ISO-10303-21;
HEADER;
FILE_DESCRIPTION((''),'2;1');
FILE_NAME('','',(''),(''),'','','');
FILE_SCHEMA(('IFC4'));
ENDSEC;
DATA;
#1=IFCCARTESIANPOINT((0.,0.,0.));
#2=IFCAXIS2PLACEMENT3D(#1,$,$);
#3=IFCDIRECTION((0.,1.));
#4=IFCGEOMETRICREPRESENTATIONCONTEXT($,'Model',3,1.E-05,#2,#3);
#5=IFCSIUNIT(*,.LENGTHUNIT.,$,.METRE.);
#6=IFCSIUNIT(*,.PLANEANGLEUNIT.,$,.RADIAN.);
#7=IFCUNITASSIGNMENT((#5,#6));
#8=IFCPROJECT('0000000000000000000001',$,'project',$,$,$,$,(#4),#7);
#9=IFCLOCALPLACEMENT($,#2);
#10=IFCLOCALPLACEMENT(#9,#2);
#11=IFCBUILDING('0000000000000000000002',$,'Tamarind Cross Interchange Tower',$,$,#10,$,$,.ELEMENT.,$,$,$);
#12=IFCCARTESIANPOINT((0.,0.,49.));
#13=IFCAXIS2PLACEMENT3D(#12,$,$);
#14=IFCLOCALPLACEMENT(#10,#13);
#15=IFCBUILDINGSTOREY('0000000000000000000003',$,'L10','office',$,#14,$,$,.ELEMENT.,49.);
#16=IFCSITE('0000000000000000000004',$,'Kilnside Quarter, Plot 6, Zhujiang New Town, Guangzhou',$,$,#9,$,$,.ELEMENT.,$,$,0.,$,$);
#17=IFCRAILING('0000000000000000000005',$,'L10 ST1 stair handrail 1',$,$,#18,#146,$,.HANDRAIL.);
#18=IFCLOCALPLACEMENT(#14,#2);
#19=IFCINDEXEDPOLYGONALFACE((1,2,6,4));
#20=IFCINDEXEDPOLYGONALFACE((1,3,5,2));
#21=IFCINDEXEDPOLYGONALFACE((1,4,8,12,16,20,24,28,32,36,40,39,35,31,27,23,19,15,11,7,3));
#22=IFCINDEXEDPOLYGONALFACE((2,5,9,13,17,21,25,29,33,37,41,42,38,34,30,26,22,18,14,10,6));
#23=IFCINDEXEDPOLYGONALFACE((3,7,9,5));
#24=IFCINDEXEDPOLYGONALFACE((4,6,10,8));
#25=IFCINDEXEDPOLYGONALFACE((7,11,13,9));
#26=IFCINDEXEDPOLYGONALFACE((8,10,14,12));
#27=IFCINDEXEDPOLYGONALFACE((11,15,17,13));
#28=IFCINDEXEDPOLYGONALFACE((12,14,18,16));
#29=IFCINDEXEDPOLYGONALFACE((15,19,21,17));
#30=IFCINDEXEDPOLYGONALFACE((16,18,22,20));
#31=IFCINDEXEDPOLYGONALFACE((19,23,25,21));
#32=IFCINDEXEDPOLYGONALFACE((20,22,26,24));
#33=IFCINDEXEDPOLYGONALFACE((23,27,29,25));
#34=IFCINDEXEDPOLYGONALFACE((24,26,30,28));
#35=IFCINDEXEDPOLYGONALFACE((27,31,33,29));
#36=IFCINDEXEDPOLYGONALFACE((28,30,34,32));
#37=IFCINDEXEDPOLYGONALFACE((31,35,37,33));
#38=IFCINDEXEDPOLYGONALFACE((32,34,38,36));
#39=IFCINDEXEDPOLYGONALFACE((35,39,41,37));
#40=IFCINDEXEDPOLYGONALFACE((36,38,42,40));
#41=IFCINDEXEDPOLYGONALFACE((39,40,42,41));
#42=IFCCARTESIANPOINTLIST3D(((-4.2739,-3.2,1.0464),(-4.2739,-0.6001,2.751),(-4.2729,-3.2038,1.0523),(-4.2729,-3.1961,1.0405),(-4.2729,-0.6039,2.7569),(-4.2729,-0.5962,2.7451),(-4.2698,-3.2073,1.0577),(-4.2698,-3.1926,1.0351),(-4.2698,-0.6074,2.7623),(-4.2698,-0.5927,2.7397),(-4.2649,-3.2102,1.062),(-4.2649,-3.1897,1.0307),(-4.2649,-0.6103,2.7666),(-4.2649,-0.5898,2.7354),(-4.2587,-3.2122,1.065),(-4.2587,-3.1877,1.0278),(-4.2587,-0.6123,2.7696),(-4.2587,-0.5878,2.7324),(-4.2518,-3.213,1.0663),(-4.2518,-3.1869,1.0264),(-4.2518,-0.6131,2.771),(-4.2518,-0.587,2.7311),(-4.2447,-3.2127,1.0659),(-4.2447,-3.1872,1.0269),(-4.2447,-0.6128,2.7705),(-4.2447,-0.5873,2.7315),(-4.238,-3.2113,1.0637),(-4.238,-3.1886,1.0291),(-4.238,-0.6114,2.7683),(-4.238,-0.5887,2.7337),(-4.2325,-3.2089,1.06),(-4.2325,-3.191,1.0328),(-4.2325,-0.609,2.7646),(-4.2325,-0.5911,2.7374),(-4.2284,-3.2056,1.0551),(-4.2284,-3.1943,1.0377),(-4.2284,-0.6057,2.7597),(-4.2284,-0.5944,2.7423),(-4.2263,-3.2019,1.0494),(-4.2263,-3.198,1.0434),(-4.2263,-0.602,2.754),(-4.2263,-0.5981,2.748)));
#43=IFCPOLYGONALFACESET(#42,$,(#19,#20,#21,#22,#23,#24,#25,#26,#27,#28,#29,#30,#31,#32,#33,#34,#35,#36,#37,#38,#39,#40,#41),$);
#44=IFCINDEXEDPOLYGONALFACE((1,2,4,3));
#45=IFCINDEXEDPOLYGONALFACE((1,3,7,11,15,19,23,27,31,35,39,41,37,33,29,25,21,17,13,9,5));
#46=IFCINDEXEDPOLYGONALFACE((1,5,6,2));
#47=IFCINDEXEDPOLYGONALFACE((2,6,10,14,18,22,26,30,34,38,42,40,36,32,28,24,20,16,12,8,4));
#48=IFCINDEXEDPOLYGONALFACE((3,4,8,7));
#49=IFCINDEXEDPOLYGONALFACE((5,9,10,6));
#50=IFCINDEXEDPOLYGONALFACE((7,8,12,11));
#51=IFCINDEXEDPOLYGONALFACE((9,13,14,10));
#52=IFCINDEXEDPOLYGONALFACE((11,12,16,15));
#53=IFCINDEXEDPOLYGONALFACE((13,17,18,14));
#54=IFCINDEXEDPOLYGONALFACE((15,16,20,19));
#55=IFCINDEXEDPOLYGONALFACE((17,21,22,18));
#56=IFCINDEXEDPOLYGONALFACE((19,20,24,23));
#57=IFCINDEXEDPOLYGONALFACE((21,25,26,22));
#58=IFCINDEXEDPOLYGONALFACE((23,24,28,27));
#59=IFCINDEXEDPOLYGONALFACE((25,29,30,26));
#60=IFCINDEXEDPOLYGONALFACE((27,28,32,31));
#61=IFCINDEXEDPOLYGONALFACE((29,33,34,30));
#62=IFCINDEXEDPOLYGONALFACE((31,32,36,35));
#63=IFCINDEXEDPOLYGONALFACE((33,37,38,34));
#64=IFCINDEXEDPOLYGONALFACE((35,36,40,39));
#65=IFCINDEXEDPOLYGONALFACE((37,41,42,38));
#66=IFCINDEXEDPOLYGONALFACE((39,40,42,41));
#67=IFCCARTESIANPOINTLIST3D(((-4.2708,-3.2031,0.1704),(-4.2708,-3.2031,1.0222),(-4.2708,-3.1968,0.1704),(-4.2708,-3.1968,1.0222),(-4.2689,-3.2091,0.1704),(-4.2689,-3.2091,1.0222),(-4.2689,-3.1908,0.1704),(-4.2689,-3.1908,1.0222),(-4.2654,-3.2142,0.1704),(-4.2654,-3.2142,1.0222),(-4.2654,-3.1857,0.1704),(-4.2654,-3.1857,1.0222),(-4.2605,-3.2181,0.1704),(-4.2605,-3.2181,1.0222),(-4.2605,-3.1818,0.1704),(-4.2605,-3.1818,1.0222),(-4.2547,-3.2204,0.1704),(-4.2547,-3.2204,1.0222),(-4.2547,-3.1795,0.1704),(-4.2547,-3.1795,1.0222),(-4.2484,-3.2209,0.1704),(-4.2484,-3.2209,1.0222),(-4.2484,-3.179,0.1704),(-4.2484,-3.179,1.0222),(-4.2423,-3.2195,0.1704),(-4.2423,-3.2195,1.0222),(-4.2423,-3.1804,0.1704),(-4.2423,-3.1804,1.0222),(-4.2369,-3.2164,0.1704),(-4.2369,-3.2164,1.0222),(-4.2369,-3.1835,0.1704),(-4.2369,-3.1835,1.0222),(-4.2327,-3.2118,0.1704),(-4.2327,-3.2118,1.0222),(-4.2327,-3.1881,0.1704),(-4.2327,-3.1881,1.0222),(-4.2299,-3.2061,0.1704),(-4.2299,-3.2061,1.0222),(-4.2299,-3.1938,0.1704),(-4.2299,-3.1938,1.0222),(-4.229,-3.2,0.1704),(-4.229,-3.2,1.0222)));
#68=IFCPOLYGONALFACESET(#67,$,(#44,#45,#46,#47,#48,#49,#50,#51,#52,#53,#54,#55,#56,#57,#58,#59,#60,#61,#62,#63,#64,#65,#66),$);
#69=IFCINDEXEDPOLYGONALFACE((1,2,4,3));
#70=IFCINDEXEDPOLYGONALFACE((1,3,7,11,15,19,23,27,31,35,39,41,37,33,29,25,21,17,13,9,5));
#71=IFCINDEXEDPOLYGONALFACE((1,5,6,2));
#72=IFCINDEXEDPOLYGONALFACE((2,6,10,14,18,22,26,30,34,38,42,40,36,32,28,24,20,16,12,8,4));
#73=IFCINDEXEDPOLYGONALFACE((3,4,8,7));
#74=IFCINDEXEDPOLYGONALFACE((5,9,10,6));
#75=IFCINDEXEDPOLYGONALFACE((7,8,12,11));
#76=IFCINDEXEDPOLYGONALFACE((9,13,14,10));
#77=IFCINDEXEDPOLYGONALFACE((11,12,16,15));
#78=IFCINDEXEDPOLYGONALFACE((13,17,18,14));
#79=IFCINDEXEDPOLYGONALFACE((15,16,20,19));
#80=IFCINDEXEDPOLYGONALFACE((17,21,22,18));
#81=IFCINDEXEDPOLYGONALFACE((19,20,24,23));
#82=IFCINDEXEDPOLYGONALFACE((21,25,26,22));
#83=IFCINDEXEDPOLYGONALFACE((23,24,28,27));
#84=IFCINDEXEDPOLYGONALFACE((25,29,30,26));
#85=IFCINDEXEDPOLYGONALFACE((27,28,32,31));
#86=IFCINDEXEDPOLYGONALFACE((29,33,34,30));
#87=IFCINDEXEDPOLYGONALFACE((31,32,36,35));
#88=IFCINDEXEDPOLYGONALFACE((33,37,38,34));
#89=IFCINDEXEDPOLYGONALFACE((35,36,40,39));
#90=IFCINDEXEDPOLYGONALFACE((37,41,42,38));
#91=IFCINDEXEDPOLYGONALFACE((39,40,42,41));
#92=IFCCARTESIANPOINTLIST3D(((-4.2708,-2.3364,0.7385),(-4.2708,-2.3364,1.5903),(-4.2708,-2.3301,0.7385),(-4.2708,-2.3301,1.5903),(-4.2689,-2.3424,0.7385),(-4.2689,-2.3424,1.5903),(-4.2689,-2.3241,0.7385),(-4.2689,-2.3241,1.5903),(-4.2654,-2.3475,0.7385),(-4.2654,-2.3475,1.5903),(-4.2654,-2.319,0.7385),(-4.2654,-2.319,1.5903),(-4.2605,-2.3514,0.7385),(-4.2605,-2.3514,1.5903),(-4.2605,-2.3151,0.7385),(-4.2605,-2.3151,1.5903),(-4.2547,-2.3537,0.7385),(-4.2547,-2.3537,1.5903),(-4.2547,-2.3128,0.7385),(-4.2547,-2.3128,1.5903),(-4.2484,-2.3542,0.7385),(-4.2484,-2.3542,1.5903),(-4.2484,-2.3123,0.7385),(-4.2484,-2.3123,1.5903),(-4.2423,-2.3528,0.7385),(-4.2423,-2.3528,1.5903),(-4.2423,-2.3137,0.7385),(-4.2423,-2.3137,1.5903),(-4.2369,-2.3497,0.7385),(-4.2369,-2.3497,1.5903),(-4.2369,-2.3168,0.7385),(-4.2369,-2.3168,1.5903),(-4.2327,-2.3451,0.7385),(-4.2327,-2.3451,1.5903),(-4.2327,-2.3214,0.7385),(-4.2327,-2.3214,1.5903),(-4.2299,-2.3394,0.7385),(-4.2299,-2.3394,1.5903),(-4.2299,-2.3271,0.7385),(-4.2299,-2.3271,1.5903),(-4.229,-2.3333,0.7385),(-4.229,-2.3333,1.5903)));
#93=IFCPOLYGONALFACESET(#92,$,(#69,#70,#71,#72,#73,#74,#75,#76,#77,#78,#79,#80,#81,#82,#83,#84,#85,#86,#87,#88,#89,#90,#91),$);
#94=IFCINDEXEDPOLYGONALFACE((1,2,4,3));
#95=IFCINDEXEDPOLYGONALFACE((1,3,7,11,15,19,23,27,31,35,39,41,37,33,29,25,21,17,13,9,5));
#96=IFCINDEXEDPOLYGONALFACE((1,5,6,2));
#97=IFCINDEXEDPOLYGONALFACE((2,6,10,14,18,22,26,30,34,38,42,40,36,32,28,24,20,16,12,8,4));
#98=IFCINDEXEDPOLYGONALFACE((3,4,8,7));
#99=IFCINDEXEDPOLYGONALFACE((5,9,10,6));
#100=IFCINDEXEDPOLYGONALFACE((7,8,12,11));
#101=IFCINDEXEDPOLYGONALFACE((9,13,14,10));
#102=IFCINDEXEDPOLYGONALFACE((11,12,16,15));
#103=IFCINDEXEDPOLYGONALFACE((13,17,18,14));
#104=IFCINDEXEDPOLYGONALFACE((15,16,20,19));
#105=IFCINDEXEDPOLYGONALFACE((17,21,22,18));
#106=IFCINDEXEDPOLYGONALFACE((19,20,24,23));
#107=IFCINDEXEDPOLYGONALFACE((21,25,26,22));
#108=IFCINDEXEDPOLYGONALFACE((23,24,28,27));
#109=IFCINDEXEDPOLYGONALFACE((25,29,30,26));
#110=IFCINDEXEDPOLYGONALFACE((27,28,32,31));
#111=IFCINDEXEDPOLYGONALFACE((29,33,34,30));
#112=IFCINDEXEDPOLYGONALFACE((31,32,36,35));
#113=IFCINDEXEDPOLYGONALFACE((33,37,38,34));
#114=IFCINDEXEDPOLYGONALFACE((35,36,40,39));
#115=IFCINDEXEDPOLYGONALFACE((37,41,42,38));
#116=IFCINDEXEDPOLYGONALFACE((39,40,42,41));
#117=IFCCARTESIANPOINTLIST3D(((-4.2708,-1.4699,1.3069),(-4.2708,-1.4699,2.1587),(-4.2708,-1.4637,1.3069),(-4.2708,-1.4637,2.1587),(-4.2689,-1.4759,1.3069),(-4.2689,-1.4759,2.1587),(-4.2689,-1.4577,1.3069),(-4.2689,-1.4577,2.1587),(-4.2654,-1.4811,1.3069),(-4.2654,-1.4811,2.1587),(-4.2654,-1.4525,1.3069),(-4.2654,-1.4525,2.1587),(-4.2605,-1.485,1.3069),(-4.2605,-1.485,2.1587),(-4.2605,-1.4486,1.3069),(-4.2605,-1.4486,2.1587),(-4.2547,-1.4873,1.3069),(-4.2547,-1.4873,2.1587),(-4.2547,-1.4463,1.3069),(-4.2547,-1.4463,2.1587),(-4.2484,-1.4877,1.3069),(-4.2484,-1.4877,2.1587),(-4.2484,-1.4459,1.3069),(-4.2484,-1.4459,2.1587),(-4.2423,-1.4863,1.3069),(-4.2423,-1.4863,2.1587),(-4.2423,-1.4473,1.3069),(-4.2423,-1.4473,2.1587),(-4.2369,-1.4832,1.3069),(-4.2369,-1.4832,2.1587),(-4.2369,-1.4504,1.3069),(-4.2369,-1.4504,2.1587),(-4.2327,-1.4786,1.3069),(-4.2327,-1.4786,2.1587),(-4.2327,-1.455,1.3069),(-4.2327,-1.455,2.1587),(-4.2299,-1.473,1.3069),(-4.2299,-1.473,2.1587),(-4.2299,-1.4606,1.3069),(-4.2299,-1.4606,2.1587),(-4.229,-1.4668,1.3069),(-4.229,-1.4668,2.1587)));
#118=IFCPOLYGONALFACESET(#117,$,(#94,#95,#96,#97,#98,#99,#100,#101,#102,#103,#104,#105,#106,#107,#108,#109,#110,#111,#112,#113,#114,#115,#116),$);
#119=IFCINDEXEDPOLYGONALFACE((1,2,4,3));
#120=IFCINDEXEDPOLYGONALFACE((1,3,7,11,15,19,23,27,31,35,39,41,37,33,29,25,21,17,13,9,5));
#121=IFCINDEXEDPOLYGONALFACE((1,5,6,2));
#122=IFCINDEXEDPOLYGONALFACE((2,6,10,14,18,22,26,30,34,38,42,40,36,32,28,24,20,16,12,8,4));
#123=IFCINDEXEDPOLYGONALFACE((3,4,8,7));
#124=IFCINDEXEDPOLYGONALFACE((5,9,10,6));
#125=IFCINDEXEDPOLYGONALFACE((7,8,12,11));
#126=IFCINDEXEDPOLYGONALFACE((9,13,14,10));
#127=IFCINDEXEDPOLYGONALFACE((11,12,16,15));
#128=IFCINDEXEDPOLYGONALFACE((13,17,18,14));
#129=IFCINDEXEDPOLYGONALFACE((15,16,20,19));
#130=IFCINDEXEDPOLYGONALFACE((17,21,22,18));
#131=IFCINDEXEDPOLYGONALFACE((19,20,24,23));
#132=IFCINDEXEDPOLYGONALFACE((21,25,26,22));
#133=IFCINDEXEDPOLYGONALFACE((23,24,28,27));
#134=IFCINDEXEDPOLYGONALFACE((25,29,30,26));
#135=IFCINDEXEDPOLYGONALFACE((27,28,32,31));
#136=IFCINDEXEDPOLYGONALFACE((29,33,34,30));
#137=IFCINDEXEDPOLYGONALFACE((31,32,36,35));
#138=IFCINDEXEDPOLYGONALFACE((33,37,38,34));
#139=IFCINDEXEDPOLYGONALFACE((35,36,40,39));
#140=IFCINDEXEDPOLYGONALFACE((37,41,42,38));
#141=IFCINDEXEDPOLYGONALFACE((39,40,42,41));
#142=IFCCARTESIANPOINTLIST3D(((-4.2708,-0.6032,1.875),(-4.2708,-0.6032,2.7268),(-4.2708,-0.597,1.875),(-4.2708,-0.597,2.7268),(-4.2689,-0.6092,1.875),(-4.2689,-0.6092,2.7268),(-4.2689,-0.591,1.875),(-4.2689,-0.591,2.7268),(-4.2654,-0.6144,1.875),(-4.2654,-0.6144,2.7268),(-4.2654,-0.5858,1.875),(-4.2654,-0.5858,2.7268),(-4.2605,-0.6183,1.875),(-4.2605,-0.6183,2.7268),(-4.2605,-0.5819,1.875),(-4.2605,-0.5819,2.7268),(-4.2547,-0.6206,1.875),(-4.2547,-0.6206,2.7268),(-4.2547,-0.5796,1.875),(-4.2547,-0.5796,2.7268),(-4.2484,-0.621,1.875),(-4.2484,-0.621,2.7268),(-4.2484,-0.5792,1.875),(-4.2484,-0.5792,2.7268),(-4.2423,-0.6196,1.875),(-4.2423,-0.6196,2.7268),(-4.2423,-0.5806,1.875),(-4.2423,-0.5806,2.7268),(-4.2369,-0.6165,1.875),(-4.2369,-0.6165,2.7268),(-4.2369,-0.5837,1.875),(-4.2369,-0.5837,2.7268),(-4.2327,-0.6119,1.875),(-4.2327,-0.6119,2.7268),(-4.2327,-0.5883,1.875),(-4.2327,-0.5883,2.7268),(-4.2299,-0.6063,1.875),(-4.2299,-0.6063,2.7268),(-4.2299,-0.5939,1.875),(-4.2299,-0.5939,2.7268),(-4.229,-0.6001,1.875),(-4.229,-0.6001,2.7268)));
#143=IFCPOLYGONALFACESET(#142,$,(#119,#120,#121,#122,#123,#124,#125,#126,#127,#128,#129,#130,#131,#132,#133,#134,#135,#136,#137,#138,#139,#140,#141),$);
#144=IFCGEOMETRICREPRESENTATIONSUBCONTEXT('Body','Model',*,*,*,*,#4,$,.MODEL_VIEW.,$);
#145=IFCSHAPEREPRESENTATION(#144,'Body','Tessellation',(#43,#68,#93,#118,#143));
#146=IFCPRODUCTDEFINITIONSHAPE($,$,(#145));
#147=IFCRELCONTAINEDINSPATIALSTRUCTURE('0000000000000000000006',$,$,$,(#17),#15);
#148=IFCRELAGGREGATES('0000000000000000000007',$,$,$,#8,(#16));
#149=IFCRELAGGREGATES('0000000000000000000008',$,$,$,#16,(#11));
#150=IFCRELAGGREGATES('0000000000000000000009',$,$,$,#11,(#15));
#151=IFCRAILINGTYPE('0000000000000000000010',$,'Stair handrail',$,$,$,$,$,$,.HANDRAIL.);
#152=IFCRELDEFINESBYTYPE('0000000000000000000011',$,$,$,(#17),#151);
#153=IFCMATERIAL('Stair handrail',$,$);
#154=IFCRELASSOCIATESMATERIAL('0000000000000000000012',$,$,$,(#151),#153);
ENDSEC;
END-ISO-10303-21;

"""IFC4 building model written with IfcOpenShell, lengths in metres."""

from ifc_helpers import new_model, si_unit, direction, frame, origin, origin_2d, place, context, subcontext, project, spatial, circle, extrude, material, type_object, element, save


model = new_model("IFC4")

# Units and contexts
model_context = context("Model", 3, precision=1e-05, world=origin(), true_north=direction((0.0, 1.0)))
body_context = subcontext(model_context, "Body", "Model", "MODEL_VIEW")
ifc_project = project(units=[si_unit("LENGTHUNIT", "METRE"), si_unit("PLANEANGLEUNIT", "RADIAN")], contexts=[model_context])

# Site, building, storey
site_placement = place(None, origin())
site = spatial("IfcSite", under=ifc_project, at=site_placement, Name="Kilnside Quarter, Plot 6, Zhujiang New Town, Guangzhou", CompositionType="ELEMENT", RefElevation=0.0)
building_placement = place(site_placement, origin())
building = spatial("IfcBuilding", under=site, at=building_placement, Name="Tamarind Cross Interchange Tower", CompositionType="ELEMENT")
storey_placement = place(building_placement, frame((0.0, 0.0, 49.0)))
storey = spatial("IfcBuildingStorey", under=building, at=storey_placement, Name="L10", Description="office", CompositionType="ELEMENT", Elevation=49.0)

# Railing
ifc_material_1 = material(Name="Stair handrail")
railing_type_1 = type_object("IfcRailingType", Name="Stair handrail", PredefinedType="HANDRAIL", material=ifc_material_1)
railing_1_placement = place(storey_placement, frame((-4.25, -3.2, 0.1704)))
element("IfcRailing", 1, at=railing_1_placement, inside=storey, type_object=railing_type_1, Name="L10 ST1 stair handrail 1", PredefinedType="HANDRAIL", context=body_context, shape_type="SweptSolid", body=[
    extrude(circle(Radius=0.0239, at=origin_2d()), frame((0.0, 0.0, 0.876), z_axis=(0.0, 0.836279, 0.548305), x_axis=(-1.0, 0.0, 0.0)), (0.0, 0.0, 1.0), 3.1089),
    extrude(circle(Radius=0.021, at=origin_2d()), origin(), (0.0, 0.0, 1.0), 0.8518),
    extrude(circle(Radius=0.021, at=origin_2d()), frame((0.0, 0.8667, 0.5681)), (0.0, 0.0, 1.0), 0.8518),
    extrude(circle(Radius=0.021, at=origin_2d()), frame((0.0, 1.7332, 1.1365)), (0.0, 0.0, 1.0), 0.8518),
    extrude(circle(Radius=0.021, at=origin_2d()), frame((0.0, 2.5999, 1.7046)), (0.0, 0.0, 1.0), 0.8518),
])

save(model, "model.ifc")
